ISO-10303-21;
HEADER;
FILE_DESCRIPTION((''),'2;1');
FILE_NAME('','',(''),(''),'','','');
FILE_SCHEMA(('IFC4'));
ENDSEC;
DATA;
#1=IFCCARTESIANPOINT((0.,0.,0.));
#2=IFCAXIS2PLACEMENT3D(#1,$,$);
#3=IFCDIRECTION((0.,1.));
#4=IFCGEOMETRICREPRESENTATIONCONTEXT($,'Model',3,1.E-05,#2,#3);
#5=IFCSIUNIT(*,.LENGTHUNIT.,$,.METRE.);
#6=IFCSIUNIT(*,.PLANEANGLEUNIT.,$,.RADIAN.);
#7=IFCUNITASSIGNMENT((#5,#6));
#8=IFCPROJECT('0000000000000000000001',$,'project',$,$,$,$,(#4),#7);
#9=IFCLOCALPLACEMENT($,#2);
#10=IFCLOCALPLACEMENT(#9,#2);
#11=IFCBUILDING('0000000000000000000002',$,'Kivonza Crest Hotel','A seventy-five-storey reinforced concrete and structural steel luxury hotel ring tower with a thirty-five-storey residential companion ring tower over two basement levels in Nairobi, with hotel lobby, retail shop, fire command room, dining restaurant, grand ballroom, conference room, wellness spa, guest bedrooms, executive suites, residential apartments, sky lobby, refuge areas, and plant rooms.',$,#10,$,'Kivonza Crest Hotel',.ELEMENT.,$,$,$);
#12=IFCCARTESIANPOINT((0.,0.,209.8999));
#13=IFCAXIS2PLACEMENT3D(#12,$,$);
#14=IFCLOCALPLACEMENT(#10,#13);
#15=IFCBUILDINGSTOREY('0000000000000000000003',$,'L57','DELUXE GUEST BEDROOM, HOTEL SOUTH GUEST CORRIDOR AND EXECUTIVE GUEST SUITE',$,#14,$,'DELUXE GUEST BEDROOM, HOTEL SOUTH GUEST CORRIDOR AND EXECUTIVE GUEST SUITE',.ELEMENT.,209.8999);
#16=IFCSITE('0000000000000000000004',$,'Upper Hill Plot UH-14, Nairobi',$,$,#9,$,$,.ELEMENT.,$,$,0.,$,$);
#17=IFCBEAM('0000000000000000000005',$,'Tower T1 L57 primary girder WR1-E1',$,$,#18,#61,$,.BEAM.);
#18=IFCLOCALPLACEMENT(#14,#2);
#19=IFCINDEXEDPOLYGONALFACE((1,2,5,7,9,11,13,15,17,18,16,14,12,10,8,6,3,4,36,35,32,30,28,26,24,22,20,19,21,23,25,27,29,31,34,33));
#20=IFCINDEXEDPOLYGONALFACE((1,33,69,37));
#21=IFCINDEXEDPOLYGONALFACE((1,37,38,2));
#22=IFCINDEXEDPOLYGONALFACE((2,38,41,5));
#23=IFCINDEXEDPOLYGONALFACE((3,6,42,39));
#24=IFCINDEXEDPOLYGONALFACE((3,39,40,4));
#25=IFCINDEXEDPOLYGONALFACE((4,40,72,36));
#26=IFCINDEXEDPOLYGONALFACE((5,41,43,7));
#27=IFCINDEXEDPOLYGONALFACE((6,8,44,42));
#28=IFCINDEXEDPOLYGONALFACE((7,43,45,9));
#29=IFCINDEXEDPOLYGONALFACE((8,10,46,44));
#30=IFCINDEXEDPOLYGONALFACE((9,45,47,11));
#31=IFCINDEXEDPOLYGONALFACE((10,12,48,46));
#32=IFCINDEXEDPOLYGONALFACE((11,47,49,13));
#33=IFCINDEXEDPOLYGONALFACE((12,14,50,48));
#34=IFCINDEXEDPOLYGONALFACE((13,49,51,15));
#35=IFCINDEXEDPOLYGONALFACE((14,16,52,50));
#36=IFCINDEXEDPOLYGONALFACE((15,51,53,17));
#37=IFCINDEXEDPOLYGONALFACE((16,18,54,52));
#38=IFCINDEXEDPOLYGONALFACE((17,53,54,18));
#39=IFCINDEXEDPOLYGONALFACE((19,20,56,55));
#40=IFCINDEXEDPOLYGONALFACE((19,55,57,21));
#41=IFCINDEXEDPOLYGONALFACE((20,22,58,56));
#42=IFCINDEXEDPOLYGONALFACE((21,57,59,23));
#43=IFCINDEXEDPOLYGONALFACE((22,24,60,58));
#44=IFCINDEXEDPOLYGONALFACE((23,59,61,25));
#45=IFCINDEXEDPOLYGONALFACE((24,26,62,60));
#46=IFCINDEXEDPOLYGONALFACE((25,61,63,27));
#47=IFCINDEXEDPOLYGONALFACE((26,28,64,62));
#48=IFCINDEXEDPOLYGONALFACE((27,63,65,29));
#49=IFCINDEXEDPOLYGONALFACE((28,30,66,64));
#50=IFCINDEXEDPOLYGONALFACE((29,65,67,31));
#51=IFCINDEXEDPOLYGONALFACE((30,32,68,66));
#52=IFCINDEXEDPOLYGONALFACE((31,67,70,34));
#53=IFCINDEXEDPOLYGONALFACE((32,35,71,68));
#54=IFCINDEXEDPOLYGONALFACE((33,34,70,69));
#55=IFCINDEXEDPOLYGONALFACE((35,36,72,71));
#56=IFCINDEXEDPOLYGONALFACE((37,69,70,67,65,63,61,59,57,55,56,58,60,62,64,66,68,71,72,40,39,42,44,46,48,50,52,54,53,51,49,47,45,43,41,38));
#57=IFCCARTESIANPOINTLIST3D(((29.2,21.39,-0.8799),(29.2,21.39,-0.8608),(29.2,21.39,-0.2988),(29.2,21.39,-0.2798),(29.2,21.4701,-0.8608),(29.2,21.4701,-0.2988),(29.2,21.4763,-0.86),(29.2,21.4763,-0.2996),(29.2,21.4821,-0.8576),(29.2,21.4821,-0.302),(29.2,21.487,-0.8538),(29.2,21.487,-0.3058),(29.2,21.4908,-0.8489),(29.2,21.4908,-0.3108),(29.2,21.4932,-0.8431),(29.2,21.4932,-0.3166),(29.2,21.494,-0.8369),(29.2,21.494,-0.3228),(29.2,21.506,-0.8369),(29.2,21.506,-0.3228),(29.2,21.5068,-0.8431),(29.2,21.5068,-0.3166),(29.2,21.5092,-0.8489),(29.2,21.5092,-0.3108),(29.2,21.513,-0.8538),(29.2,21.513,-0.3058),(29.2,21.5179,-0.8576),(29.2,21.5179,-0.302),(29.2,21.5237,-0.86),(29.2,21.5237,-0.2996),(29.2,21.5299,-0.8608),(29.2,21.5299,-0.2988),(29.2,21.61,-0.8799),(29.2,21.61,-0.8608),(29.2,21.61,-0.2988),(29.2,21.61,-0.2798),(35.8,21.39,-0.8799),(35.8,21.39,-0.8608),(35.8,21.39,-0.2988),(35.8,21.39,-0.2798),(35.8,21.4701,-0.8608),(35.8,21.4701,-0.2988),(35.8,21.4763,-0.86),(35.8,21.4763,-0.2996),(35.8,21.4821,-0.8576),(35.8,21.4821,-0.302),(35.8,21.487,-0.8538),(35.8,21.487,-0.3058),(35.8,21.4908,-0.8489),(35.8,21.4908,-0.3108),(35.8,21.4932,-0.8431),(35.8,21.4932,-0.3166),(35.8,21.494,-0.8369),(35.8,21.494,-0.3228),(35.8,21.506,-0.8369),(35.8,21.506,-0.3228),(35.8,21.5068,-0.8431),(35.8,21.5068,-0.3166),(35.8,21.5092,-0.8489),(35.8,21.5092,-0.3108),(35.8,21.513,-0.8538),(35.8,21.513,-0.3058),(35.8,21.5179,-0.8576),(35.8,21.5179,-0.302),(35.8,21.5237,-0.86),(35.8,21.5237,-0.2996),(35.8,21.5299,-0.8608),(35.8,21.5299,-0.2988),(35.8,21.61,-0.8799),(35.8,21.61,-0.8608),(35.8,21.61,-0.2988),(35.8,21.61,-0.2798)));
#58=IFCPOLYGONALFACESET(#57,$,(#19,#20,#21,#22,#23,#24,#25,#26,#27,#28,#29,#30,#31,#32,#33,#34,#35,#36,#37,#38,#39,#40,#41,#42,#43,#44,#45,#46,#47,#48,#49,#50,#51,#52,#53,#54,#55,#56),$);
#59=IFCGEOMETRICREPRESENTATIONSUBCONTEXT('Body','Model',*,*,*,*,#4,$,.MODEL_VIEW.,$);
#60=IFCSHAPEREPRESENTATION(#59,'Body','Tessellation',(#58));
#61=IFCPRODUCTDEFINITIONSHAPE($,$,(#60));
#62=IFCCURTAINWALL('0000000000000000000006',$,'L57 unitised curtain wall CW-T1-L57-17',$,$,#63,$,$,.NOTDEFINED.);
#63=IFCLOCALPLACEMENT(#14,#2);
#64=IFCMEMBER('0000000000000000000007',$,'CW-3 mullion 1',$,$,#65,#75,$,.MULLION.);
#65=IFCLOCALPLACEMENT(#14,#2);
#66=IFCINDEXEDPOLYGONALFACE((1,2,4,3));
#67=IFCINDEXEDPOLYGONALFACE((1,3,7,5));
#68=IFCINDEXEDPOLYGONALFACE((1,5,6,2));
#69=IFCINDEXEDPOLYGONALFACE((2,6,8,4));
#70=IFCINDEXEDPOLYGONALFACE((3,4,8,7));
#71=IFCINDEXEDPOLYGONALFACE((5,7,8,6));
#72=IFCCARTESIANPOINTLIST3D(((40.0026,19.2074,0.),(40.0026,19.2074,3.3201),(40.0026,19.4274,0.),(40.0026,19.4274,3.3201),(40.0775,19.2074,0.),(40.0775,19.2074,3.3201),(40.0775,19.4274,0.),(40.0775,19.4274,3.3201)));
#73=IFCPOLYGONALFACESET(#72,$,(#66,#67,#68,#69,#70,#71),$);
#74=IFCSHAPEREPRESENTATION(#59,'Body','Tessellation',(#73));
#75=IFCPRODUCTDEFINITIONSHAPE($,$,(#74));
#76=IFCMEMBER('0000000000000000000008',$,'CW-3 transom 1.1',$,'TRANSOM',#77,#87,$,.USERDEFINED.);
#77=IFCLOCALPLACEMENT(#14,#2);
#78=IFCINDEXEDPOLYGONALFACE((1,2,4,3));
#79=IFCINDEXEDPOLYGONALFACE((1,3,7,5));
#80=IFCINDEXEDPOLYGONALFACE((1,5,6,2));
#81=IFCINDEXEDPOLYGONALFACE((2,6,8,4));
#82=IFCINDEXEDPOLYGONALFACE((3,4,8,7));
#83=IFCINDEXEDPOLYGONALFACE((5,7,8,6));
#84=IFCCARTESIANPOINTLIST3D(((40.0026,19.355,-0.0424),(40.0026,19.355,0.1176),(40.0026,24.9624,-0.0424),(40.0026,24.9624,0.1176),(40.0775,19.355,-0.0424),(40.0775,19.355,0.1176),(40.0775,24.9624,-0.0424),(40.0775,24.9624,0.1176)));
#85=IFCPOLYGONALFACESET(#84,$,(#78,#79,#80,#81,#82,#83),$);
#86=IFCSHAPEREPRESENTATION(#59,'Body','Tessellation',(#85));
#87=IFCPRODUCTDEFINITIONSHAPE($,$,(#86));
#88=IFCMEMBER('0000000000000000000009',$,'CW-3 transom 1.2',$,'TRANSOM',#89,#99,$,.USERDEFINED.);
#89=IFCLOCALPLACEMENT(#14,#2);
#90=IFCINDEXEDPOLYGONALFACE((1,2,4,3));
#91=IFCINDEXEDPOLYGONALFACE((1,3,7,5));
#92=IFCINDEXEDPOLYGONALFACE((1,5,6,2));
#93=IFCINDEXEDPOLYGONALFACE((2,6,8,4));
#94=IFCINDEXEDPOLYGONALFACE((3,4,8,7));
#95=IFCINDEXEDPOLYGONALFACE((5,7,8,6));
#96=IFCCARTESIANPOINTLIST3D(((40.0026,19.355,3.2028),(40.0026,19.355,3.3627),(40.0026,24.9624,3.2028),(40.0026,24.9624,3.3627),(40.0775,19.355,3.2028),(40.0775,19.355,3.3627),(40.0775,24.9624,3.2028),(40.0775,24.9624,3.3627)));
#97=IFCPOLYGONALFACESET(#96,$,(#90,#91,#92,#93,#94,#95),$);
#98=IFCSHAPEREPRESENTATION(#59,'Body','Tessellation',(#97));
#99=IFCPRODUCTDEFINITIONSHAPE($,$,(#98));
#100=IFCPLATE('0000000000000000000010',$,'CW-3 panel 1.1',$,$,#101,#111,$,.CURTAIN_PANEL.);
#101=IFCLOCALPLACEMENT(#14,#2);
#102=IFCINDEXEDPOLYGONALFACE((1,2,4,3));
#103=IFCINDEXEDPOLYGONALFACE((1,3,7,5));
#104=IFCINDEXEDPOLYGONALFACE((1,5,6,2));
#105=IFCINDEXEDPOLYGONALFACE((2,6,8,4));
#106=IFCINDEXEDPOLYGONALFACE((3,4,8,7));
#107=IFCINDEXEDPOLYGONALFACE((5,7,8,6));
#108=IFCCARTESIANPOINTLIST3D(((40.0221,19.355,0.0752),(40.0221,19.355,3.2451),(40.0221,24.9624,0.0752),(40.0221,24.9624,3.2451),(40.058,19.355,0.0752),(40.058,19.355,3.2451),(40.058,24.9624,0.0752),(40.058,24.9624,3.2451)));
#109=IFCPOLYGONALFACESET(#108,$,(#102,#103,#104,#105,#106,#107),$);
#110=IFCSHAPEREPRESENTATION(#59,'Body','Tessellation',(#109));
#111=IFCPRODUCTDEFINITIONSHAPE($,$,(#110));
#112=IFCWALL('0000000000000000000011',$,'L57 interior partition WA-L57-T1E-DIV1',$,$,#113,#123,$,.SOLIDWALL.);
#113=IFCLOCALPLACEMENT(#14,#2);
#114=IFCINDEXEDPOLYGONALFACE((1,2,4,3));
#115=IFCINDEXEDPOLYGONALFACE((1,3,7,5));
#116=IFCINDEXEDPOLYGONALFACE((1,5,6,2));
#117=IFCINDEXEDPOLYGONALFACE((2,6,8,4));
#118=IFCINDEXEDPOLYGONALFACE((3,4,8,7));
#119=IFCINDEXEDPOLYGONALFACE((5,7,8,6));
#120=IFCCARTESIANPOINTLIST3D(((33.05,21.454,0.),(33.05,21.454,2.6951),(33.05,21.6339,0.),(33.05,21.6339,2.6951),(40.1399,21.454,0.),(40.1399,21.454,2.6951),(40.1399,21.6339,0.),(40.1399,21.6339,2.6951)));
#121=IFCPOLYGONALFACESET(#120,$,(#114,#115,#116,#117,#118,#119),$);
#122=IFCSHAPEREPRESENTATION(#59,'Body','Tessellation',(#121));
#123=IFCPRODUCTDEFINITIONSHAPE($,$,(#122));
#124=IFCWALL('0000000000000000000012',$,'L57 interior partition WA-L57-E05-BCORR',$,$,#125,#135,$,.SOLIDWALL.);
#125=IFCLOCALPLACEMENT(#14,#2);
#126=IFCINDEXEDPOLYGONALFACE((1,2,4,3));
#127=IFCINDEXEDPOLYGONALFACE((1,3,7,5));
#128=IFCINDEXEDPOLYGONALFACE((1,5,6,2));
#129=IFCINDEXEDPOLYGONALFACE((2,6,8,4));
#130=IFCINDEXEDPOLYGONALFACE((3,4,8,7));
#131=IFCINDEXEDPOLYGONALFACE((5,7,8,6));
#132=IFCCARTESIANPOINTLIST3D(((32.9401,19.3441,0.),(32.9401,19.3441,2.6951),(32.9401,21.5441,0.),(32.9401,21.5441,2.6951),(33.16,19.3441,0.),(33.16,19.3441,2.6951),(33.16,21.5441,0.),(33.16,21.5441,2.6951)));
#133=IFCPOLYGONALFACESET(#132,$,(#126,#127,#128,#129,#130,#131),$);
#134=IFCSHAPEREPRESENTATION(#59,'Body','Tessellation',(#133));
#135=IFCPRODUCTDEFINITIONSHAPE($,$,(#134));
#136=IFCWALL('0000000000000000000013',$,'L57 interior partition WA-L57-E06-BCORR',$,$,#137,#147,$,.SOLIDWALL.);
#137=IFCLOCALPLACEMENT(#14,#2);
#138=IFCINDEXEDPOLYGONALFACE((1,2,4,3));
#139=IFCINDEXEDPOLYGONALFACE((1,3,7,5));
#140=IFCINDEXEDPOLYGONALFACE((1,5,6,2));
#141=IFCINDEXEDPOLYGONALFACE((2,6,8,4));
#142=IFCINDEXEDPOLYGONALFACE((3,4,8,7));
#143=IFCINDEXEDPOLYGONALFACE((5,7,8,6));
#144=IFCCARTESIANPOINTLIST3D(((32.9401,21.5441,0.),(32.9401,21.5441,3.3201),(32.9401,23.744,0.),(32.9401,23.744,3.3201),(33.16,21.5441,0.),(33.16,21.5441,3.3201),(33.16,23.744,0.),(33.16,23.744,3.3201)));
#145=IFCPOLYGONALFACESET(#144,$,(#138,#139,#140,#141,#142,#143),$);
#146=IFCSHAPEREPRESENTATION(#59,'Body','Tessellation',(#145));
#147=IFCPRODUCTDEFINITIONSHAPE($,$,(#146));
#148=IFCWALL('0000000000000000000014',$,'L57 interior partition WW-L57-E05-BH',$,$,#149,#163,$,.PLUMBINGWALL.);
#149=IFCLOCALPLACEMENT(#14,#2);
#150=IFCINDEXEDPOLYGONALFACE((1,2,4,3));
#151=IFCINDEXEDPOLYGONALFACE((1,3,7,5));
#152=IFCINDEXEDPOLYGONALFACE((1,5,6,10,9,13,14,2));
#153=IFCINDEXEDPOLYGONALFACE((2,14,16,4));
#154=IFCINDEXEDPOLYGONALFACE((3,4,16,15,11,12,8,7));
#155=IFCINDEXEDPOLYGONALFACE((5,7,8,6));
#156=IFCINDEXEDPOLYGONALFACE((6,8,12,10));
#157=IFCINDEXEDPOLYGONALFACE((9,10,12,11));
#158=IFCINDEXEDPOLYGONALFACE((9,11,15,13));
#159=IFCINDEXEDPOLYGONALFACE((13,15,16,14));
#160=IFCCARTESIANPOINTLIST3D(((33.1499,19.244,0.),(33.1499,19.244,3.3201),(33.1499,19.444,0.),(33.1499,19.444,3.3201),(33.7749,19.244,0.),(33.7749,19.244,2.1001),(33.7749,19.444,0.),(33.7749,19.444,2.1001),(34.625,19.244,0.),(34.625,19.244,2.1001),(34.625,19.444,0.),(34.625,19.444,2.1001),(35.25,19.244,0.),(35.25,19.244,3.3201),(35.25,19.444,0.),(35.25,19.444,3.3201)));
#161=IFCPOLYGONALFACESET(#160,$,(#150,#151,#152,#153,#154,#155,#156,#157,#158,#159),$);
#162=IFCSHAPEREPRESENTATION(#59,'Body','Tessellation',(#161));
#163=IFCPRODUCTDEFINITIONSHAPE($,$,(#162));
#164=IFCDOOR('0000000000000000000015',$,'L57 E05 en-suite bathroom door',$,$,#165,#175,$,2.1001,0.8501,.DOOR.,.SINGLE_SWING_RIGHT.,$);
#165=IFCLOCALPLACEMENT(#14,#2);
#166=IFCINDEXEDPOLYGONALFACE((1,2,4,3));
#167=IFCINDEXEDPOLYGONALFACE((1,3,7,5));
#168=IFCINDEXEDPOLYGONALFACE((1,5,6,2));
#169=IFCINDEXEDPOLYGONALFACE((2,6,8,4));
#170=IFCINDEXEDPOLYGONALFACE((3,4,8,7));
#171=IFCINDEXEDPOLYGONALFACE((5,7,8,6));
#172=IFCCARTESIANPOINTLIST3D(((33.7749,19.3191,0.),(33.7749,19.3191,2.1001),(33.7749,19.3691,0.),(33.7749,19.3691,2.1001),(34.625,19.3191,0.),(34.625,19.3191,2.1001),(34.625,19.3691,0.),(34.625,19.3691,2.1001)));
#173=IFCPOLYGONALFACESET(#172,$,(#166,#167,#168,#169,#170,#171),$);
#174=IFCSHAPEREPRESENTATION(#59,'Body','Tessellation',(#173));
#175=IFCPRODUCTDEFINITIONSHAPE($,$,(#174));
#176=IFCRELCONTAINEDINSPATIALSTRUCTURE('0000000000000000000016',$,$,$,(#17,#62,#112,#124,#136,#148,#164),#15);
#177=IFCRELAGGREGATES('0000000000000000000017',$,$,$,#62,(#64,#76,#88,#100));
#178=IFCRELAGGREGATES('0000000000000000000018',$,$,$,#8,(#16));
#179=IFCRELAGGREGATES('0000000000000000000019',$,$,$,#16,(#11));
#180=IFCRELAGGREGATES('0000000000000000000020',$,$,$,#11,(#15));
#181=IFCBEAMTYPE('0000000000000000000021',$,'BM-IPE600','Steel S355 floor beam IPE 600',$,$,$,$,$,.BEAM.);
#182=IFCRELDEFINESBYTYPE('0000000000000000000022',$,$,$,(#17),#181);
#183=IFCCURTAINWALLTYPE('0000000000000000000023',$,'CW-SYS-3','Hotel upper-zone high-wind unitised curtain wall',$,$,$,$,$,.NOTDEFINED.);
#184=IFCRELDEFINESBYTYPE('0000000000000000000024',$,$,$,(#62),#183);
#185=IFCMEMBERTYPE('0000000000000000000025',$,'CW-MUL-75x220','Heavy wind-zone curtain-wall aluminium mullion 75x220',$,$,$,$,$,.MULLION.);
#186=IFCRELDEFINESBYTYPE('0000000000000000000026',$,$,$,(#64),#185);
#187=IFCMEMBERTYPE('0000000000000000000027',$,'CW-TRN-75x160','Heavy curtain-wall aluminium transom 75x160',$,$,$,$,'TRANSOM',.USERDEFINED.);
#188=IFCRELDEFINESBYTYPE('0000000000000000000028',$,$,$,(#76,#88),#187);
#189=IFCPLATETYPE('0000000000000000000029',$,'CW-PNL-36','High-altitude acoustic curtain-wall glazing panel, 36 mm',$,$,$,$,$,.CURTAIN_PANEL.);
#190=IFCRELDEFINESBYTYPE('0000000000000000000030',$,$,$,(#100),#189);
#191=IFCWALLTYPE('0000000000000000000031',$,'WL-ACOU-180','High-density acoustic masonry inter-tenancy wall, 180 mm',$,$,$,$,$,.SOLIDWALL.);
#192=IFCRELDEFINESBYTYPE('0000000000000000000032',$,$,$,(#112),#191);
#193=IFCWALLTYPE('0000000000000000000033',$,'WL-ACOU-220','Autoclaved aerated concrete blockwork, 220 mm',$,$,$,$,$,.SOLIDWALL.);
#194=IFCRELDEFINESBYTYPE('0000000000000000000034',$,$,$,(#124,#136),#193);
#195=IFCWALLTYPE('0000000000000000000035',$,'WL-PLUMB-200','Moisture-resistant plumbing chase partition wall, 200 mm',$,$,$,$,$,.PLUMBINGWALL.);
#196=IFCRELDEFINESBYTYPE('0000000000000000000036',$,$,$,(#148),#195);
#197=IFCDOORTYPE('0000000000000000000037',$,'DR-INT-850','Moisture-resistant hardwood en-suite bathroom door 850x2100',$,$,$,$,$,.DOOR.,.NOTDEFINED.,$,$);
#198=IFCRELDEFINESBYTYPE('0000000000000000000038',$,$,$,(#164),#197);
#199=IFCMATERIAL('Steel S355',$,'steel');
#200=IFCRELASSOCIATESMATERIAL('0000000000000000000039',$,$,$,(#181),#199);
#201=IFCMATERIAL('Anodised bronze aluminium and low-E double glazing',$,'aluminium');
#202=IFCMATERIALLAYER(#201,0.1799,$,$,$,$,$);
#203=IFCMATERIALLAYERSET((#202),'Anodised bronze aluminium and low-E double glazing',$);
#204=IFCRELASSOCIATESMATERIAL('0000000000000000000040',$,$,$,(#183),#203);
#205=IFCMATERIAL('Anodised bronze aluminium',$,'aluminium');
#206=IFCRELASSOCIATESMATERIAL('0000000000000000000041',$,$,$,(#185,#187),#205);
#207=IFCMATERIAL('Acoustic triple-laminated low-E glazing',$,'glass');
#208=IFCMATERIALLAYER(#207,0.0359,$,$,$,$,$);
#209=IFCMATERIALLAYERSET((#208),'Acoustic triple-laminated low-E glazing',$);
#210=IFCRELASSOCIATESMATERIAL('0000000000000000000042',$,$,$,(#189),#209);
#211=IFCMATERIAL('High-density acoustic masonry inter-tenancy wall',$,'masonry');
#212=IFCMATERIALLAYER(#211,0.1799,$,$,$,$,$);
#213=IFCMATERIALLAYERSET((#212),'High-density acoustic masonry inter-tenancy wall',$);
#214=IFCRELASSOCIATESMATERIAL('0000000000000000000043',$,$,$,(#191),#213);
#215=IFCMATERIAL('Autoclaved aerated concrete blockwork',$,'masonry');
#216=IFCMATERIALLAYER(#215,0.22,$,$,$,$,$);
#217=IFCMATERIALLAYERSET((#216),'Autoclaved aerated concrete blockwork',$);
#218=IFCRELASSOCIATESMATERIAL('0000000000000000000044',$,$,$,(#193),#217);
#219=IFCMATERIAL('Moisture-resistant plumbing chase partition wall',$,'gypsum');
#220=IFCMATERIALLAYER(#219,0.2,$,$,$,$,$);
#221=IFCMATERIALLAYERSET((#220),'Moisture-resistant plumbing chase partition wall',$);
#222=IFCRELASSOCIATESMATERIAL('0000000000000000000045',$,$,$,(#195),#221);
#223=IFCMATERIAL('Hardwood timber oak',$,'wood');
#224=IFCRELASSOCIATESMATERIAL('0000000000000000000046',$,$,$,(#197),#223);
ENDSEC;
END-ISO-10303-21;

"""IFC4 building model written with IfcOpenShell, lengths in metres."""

from ifc_helpers import new_model, si_unit, direction, frame, frame_2d, origin, origin_2d, place, context, subcontext, project, spatial, rectangle, i_section, extrude, material, layer, layer_set, material_profile, profile_set, type_object, element, fill, aggregate, save


model = new_model("IFC4")

# Units and contexts
model_context = context("Model", 3, precision=1e-05, world=origin(), true_north=direction((0.0, 1.0)))
body_context = subcontext(model_context, "Body", "Model", "MODEL_VIEW")
ifc_project = project(units=[si_unit("LENGTHUNIT", "METRE"), si_unit("PLANEANGLEUNIT", "RADIAN")], contexts=[model_context])

# Site, building, storey
site_placement = place(None, origin())
site = spatial("IfcSite", under=ifc_project, at=site_placement, Name="Upper Hill Plot UH-14, Nairobi", CompositionType="ELEMENT", RefElevation=0.0)
building_placement = place(site_placement, origin())
building = spatial("IfcBuilding", under=site, at=building_placement, Name="Kivonza Crest Hotel", Description="A seventy-five-storey reinforced concrete and structural steel luxury hotel ring tower with a thirty-five-storey residential companion ring tower over two basement levels in Nairobi, with hotel lobby, retail shop, fire command room, dining restaurant, grand ballroom, conference room, wellness spa, guest bedrooms, executive suites, residential apartments, sky lobby, refuge areas, and plant rooms.", LongName="Kivonza Crest Hotel", CompositionType="ELEMENT")
storey_placement = place(building_placement, frame((0.0, 0.0, 209.8999)))
storey = spatial("IfcBuildingStorey", under=building, at=storey_placement, Name="L57", Description="DELUXE GUEST BEDROOM, HOTEL SOUTH GUEST CORRIDOR AND EXECUTIVE GUEST SUITE", LongName="DELUXE GUEST BEDROOM, HOTEL SOUTH GUEST CORRIDOR AND EXECUTIVE GUEST SUITE", CompositionType="ELEMENT", Elevation=209.8999)

# Beam
ifc_material_1 = material(Name="Steel S355", Category="steel")
ifc_material_profile_1 = material_profile(ifc_material_1, i_section(OverallWidth=0.22, OverallDepth=0.6001, WebThickness=0.012, FlangeThickness=0.019, FilletRadius=0.0239, at=origin_2d()), Name="IPE 600")
ifc_profile_set_1 = profile_set([ifc_material_profile_1], Name="Steel S355")
beam_type_1 = type_object("IfcBeamType", Name="BM-IPE600", Description="Steel S355 floor beam IPE 600", PredefinedType="BEAM", material=ifc_profile_set_1)
beam_1_placement = place(storey_placement, frame((29.2, 21.5, -0.5798), z_axis=(1.0, 0.0, 0.0), x_axis=(0.0, 1.0, 0.0)))
element("IfcBeam", 1, at=beam_1_placement, inside=storey, type_object=beam_type_1, Name="Tower T1 L57 primary girder WR1-E1", PredefinedType="BEAM", context=body_context, shape_type="SweptSolid", body=[
    extrude(i_section(OverallWidth=0.22, OverallDepth=0.6001, WebThickness=0.012, FlangeThickness=0.019, FilletRadius=0.0239, at=origin_2d()), origin(), (0.0, 0.0, 1.0), 6.6001),
])

# Curtain wall, members, plate
ifc_material_2 = material(Name="Anodised bronze aluminium and low-E double glazing", Category="aluminium")
ifc_layer_1 = layer(ifc_material_2, 0.1799)
ifc_layer_set_1 = layer_set([ifc_layer_1], Name="Anodised bronze aluminium and low-E double glazing")
curtain_wall_type = type_object("IfcCurtainWallType", Name="CW-SYS-3", Description="Hotel upper-zone high-wind unitised curtain wall", PredefinedType="NOTDEFINED", material=ifc_layer_set_1)
curtain_wall_placement = place(storey_placement, origin())
curtain_wall = element("IfcCurtainWall", 2, at=curtain_wall_placement, inside=storey, type_object=curtain_wall_type, Name="L57 unitised curtain wall CW-T1-L57-17", PredefinedType="NOTDEFINED")
ifc_material_3 = material(Name="Anodised bronze aluminium", Category="aluminium")
ifc_material_profile_2 = material_profile(ifc_material_3, rectangle(XDim=0.075, YDim=0.22, at=origin_2d()), Name="CW-M 75x220")
ifc_profile_set_2 = profile_set([ifc_material_profile_2], Name="Anodised bronze aluminium")
member_type_1 = type_object("IfcMemberType", Name="CW-MUL-75x220", Description="Heavy wind-zone curtain-wall aluminium mullion 75x220", PredefinedType="MULLION", material=ifc_profile_set_2)
member_1_placement = place(storey_placement, frame((40.04, 19.3174, 0.0), z_axis=(0.0, 0.0, 1.0), x_axis=(-1.0, 0.0, 0.0)))
member_1 = element("IfcMember", 3, at=member_1_placement, type_object=member_type_1, Name="CW-3 mullion 1", PredefinedType="MULLION", context=body_context, shape_type="SweptSolid", body=[
    extrude(rectangle(XDim=0.075, YDim=0.22, at=origin_2d()), origin(), (0.0, 0.0, 1.0), 3.3201),
])
ifc_material_profile_3 = material_profile(ifc_material_3, rectangle(XDim=0.075, YDim=0.1599, at=origin_2d()), Name="CW-T 75x160")
ifc_profile_set_3 = profile_set([ifc_material_profile_3], Name="Anodised bronze aluminium")
member_type_2 = type_object("IfcMemberType", Name="CW-TRN-75x160", Description="Heavy curtain-wall aluminium transom 75x160", ElementType="TRANSOM", PredefinedType="USERDEFINED", material=ifc_profile_set_3)
member_2_placement = place(storey_placement, frame((40.04, 19.355, 0.0376), z_axis=(0.0, 1.0, 0.0), x_axis=(-1.0, 0.0, 0.0)))
member_2 = element("IfcMember", 4, at=member_2_placement, type_object=member_type_2, Name="CW-3 transom 1.1", ObjectType="TRANSOM", PredefinedType="USERDEFINED", context=body_context, shape_type="SweptSolid", body=[
    extrude(rectangle(XDim=0.075, YDim=0.1599, at=origin_2d()), origin(), (0.0, 0.0, 1.0), 5.6074),
])
member_3_placement = place(storey_placement, frame((40.04, 19.355, 3.2827), z_axis=(0.0, 1.0, 0.0), x_axis=(-1.0, 0.0, 0.0)))
member_3 = element("IfcMember", 5, at=member_3_placement, type_object=member_type_2, Name="CW-3 transom 1.2", ObjectType="TRANSOM", PredefinedType="USERDEFINED", context=body_context, shape_type="SweptSolid", body=[
    extrude(rectangle(XDim=0.075, YDim=0.1599, at=origin_2d()), origin(), (0.0, 0.0, 1.0), 5.6074),
])
ifc_material_4 = material(Name="Acoustic triple-laminated low-E glazing", Category="glass")
ifc_layer_2 = layer(ifc_material_4, 0.0359)
ifc_layer_set_2 = layer_set([ifc_layer_2], Name="Acoustic triple-laminated low-E glazing")
plate_type = type_object("IfcPlateType", Name="CW-PNL-36", Description="High-altitude acoustic curtain-wall glazing panel, 36 mm", PredefinedType="CURTAIN_PANEL", material=ifc_layer_set_2)
plate_placement = place(storey_placement, frame((40.04, 22.1587, 0.0752), z_axis=(0.0, 0.0, 1.0), x_axis=(0.0, 1.0, 0.0)))
plate = element("IfcPlate", 6, at=plate_placement, type_object=plate_type, Name="CW-3 panel 1.1", PredefinedType="CURTAIN_PANEL", context=body_context, shape_type="SweptSolid", body=[
    extrude(rectangle(XDim=5.6074, YDim=0.0359, at=origin_2d()), origin(), (0.0, 0.0, 1.0), 3.1699),
])
aggregate(curtain_wall, [member_1, member_2, member_3, plate])

# Walls
ifc_material_5 = material(Name="High-density acoustic masonry inter-tenancy wall", Category="masonry")
ifc_layer_3 = layer(ifc_material_5, 0.1799)
ifc_layer_set_3 = layer_set([ifc_layer_3], Name="High-density acoustic masonry inter-tenancy wall")
wall_type_1 = type_object("IfcWallType", Name="WL-ACOU-180", Description="High-density acoustic masonry inter-tenancy wall, 180 mm", PredefinedType="SOLIDWALL", material=ifc_layer_set_3)
wall_1_placement = place(storey_placement, frame((33.05, 21.5439, 0.0), z_axis=(0.0, 0.0, 1.0), x_axis=(1.0, 0.0, 0.0)))
element("IfcWall", 7, at=wall_1_placement, inside=storey, type_object=wall_type_1, Name="L57 interior partition WA-L57-T1E-DIV1", PredefinedType="SOLIDWALL", context=body_context, shape_type="SweptSolid", body=[
    extrude(rectangle(XDim=7.0898, YDim=0.1799, at=frame_2d((3.5449, 0.0))), origin(), (0.0, 0.0, 1.0), 2.6951),
])
ifc_material_6 = material(Name="Autoclaved aerated concrete blockwork", Category="masonry")
ifc_layer_4 = layer(ifc_material_6, 0.22)
ifc_layer_set_4 = layer_set([ifc_layer_4], Name="Autoclaved aerated concrete blockwork")
wall_type_2 = type_object("IfcWallType", Name="WL-ACOU-220", Description="Autoclaved aerated concrete blockwork, 220 mm", PredefinedType="SOLIDWALL", material=ifc_layer_set_4)
wall_2_placement = place(storey_placement, frame((33.05, 19.344, 0.0), z_axis=(0.0, 0.0, 1.0), x_axis=(0.0, 1.0, 0.0)))
element("IfcWall", 8, at=wall_2_placement, inside=storey, type_object=wall_type_2, Name="L57 interior partition WA-L57-E05-BCORR", PredefinedType="SOLIDWALL", context=body_context, shape_type="SweptSolid", body=[
    extrude(rectangle(XDim=2.2, YDim=0.22, at=frame_2d((1.1001, 0.0))), origin(), (0.0, 0.0, 1.0), 2.6951),
])
wall_3_placement = place(storey_placement, frame((33.05, 21.5439, 0.0), z_axis=(0.0, 0.0, 1.0), x_axis=(0.0, 1.0, 0.0)))
element("IfcWall", 9, at=wall_3_placement, inside=storey, type_object=wall_type_2, Name="L57 interior partition WA-L57-E06-BCORR", PredefinedType="SOLIDWALL", context=body_context, shape_type="SweptSolid", body=[
    extrude(rectangle(XDim=2.2, YDim=0.22, at=frame_2d((1.1001, 0.0))), origin(), (0.0, 0.0, 1.0), 3.3201),
])

# Wall, opening, door
ifc_material_7 = material(Name="Moisture-resistant plumbing chase partition wall", Category="gypsum")
ifc_layer_5 = layer(ifc_material_7, 0.2)
ifc_layer_set_5 = layer_set([ifc_layer_5], Name="Moisture-resistant plumbing chase partition wall")
wall_type_3 = type_object("IfcWallType", Name="WL-PLUMB-200", Description="Moisture-resistant plumbing chase partition wall, 200 mm", PredefinedType="PLUMBINGWALL", material=ifc_layer_set_5)
wall_4_placement = place(storey_placement, frame((33.1499, 19.344, 0.0), z_axis=(0.0, 0.0, 1.0), x_axis=(1.0, 0.0, 0.0)))
wall_4 = element("IfcWall", 10, at=wall_4_placement, inside=storey, type_object=wall_type_3, Name="L57 interior partition WW-L57-E05-BH", PredefinedType="PLUMBINGWALL", context=body_context, shape_type="SweptSolid", body=[
    extrude(rectangle(XDim=2.1001, YDim=0.2, at=frame_2d((1.05, 0.0))), origin(), (0.0, 0.0, 1.0), 3.3201),
])
opening_placement = place(wall_4_placement, frame((0.625, 0.0, 0.0)))
opening = element("IfcOpeningElement", 11, at=opening_placement, cuts=wall_4, PredefinedType="OPENING", context=body_context, shape_type="SweptSolid", body=[
    extrude(rectangle(XDim=0.8501, YDim=2.1001, at=frame_2d((0.425, 1.05))), frame((0.0, 0.1099, 0.0), z_axis=(0.0, -1.0, 0.0), x_axis=(1.0, 0.0, 0.0)), (0.0, 0.0, 1.0), 0.22),
])
ifc_material_8 = material(Name="Hardwood timber oak", Category="wood")
door_type = type_object("IfcDoorType", Name="DR-INT-850", Description="Moisture-resistant hardwood en-suite bathroom door 850x2100", OperationType="NOTDEFINED", PredefinedType="DOOR", material=ifc_material_8)
door_placement = place(opening_placement, frame((0.8501, 0.0, 0.0), z_axis=(0.0, 0.0, 1.0), x_axis=(-1.0, 0.0, 0.0)))
door = element("IfcDoor", 12, at=door_placement, inside=storey, type_object=door_type, Name="L57 E05 en-suite bathroom door", OperationType="SINGLE_SWING_RIGHT", OverallHeight=2.1001, OverallWidth=0.8501, PredefinedType="DOOR", context=body_context, shape_type="SweptSolid", body=[
    extrude(rectangle(XDim=0.8501, YDim=2.1001, at=frame_2d((0.425, 1.05))), frame((0.0, 0.0249, 0.0), z_axis=(0.0, -1.0, 0.0), x_axis=(1.0, 0.0, 0.0)), (0.0, 0.0, 1.0), 0.05),
])
fill(opening, door)

save(model, "model.ifc")
